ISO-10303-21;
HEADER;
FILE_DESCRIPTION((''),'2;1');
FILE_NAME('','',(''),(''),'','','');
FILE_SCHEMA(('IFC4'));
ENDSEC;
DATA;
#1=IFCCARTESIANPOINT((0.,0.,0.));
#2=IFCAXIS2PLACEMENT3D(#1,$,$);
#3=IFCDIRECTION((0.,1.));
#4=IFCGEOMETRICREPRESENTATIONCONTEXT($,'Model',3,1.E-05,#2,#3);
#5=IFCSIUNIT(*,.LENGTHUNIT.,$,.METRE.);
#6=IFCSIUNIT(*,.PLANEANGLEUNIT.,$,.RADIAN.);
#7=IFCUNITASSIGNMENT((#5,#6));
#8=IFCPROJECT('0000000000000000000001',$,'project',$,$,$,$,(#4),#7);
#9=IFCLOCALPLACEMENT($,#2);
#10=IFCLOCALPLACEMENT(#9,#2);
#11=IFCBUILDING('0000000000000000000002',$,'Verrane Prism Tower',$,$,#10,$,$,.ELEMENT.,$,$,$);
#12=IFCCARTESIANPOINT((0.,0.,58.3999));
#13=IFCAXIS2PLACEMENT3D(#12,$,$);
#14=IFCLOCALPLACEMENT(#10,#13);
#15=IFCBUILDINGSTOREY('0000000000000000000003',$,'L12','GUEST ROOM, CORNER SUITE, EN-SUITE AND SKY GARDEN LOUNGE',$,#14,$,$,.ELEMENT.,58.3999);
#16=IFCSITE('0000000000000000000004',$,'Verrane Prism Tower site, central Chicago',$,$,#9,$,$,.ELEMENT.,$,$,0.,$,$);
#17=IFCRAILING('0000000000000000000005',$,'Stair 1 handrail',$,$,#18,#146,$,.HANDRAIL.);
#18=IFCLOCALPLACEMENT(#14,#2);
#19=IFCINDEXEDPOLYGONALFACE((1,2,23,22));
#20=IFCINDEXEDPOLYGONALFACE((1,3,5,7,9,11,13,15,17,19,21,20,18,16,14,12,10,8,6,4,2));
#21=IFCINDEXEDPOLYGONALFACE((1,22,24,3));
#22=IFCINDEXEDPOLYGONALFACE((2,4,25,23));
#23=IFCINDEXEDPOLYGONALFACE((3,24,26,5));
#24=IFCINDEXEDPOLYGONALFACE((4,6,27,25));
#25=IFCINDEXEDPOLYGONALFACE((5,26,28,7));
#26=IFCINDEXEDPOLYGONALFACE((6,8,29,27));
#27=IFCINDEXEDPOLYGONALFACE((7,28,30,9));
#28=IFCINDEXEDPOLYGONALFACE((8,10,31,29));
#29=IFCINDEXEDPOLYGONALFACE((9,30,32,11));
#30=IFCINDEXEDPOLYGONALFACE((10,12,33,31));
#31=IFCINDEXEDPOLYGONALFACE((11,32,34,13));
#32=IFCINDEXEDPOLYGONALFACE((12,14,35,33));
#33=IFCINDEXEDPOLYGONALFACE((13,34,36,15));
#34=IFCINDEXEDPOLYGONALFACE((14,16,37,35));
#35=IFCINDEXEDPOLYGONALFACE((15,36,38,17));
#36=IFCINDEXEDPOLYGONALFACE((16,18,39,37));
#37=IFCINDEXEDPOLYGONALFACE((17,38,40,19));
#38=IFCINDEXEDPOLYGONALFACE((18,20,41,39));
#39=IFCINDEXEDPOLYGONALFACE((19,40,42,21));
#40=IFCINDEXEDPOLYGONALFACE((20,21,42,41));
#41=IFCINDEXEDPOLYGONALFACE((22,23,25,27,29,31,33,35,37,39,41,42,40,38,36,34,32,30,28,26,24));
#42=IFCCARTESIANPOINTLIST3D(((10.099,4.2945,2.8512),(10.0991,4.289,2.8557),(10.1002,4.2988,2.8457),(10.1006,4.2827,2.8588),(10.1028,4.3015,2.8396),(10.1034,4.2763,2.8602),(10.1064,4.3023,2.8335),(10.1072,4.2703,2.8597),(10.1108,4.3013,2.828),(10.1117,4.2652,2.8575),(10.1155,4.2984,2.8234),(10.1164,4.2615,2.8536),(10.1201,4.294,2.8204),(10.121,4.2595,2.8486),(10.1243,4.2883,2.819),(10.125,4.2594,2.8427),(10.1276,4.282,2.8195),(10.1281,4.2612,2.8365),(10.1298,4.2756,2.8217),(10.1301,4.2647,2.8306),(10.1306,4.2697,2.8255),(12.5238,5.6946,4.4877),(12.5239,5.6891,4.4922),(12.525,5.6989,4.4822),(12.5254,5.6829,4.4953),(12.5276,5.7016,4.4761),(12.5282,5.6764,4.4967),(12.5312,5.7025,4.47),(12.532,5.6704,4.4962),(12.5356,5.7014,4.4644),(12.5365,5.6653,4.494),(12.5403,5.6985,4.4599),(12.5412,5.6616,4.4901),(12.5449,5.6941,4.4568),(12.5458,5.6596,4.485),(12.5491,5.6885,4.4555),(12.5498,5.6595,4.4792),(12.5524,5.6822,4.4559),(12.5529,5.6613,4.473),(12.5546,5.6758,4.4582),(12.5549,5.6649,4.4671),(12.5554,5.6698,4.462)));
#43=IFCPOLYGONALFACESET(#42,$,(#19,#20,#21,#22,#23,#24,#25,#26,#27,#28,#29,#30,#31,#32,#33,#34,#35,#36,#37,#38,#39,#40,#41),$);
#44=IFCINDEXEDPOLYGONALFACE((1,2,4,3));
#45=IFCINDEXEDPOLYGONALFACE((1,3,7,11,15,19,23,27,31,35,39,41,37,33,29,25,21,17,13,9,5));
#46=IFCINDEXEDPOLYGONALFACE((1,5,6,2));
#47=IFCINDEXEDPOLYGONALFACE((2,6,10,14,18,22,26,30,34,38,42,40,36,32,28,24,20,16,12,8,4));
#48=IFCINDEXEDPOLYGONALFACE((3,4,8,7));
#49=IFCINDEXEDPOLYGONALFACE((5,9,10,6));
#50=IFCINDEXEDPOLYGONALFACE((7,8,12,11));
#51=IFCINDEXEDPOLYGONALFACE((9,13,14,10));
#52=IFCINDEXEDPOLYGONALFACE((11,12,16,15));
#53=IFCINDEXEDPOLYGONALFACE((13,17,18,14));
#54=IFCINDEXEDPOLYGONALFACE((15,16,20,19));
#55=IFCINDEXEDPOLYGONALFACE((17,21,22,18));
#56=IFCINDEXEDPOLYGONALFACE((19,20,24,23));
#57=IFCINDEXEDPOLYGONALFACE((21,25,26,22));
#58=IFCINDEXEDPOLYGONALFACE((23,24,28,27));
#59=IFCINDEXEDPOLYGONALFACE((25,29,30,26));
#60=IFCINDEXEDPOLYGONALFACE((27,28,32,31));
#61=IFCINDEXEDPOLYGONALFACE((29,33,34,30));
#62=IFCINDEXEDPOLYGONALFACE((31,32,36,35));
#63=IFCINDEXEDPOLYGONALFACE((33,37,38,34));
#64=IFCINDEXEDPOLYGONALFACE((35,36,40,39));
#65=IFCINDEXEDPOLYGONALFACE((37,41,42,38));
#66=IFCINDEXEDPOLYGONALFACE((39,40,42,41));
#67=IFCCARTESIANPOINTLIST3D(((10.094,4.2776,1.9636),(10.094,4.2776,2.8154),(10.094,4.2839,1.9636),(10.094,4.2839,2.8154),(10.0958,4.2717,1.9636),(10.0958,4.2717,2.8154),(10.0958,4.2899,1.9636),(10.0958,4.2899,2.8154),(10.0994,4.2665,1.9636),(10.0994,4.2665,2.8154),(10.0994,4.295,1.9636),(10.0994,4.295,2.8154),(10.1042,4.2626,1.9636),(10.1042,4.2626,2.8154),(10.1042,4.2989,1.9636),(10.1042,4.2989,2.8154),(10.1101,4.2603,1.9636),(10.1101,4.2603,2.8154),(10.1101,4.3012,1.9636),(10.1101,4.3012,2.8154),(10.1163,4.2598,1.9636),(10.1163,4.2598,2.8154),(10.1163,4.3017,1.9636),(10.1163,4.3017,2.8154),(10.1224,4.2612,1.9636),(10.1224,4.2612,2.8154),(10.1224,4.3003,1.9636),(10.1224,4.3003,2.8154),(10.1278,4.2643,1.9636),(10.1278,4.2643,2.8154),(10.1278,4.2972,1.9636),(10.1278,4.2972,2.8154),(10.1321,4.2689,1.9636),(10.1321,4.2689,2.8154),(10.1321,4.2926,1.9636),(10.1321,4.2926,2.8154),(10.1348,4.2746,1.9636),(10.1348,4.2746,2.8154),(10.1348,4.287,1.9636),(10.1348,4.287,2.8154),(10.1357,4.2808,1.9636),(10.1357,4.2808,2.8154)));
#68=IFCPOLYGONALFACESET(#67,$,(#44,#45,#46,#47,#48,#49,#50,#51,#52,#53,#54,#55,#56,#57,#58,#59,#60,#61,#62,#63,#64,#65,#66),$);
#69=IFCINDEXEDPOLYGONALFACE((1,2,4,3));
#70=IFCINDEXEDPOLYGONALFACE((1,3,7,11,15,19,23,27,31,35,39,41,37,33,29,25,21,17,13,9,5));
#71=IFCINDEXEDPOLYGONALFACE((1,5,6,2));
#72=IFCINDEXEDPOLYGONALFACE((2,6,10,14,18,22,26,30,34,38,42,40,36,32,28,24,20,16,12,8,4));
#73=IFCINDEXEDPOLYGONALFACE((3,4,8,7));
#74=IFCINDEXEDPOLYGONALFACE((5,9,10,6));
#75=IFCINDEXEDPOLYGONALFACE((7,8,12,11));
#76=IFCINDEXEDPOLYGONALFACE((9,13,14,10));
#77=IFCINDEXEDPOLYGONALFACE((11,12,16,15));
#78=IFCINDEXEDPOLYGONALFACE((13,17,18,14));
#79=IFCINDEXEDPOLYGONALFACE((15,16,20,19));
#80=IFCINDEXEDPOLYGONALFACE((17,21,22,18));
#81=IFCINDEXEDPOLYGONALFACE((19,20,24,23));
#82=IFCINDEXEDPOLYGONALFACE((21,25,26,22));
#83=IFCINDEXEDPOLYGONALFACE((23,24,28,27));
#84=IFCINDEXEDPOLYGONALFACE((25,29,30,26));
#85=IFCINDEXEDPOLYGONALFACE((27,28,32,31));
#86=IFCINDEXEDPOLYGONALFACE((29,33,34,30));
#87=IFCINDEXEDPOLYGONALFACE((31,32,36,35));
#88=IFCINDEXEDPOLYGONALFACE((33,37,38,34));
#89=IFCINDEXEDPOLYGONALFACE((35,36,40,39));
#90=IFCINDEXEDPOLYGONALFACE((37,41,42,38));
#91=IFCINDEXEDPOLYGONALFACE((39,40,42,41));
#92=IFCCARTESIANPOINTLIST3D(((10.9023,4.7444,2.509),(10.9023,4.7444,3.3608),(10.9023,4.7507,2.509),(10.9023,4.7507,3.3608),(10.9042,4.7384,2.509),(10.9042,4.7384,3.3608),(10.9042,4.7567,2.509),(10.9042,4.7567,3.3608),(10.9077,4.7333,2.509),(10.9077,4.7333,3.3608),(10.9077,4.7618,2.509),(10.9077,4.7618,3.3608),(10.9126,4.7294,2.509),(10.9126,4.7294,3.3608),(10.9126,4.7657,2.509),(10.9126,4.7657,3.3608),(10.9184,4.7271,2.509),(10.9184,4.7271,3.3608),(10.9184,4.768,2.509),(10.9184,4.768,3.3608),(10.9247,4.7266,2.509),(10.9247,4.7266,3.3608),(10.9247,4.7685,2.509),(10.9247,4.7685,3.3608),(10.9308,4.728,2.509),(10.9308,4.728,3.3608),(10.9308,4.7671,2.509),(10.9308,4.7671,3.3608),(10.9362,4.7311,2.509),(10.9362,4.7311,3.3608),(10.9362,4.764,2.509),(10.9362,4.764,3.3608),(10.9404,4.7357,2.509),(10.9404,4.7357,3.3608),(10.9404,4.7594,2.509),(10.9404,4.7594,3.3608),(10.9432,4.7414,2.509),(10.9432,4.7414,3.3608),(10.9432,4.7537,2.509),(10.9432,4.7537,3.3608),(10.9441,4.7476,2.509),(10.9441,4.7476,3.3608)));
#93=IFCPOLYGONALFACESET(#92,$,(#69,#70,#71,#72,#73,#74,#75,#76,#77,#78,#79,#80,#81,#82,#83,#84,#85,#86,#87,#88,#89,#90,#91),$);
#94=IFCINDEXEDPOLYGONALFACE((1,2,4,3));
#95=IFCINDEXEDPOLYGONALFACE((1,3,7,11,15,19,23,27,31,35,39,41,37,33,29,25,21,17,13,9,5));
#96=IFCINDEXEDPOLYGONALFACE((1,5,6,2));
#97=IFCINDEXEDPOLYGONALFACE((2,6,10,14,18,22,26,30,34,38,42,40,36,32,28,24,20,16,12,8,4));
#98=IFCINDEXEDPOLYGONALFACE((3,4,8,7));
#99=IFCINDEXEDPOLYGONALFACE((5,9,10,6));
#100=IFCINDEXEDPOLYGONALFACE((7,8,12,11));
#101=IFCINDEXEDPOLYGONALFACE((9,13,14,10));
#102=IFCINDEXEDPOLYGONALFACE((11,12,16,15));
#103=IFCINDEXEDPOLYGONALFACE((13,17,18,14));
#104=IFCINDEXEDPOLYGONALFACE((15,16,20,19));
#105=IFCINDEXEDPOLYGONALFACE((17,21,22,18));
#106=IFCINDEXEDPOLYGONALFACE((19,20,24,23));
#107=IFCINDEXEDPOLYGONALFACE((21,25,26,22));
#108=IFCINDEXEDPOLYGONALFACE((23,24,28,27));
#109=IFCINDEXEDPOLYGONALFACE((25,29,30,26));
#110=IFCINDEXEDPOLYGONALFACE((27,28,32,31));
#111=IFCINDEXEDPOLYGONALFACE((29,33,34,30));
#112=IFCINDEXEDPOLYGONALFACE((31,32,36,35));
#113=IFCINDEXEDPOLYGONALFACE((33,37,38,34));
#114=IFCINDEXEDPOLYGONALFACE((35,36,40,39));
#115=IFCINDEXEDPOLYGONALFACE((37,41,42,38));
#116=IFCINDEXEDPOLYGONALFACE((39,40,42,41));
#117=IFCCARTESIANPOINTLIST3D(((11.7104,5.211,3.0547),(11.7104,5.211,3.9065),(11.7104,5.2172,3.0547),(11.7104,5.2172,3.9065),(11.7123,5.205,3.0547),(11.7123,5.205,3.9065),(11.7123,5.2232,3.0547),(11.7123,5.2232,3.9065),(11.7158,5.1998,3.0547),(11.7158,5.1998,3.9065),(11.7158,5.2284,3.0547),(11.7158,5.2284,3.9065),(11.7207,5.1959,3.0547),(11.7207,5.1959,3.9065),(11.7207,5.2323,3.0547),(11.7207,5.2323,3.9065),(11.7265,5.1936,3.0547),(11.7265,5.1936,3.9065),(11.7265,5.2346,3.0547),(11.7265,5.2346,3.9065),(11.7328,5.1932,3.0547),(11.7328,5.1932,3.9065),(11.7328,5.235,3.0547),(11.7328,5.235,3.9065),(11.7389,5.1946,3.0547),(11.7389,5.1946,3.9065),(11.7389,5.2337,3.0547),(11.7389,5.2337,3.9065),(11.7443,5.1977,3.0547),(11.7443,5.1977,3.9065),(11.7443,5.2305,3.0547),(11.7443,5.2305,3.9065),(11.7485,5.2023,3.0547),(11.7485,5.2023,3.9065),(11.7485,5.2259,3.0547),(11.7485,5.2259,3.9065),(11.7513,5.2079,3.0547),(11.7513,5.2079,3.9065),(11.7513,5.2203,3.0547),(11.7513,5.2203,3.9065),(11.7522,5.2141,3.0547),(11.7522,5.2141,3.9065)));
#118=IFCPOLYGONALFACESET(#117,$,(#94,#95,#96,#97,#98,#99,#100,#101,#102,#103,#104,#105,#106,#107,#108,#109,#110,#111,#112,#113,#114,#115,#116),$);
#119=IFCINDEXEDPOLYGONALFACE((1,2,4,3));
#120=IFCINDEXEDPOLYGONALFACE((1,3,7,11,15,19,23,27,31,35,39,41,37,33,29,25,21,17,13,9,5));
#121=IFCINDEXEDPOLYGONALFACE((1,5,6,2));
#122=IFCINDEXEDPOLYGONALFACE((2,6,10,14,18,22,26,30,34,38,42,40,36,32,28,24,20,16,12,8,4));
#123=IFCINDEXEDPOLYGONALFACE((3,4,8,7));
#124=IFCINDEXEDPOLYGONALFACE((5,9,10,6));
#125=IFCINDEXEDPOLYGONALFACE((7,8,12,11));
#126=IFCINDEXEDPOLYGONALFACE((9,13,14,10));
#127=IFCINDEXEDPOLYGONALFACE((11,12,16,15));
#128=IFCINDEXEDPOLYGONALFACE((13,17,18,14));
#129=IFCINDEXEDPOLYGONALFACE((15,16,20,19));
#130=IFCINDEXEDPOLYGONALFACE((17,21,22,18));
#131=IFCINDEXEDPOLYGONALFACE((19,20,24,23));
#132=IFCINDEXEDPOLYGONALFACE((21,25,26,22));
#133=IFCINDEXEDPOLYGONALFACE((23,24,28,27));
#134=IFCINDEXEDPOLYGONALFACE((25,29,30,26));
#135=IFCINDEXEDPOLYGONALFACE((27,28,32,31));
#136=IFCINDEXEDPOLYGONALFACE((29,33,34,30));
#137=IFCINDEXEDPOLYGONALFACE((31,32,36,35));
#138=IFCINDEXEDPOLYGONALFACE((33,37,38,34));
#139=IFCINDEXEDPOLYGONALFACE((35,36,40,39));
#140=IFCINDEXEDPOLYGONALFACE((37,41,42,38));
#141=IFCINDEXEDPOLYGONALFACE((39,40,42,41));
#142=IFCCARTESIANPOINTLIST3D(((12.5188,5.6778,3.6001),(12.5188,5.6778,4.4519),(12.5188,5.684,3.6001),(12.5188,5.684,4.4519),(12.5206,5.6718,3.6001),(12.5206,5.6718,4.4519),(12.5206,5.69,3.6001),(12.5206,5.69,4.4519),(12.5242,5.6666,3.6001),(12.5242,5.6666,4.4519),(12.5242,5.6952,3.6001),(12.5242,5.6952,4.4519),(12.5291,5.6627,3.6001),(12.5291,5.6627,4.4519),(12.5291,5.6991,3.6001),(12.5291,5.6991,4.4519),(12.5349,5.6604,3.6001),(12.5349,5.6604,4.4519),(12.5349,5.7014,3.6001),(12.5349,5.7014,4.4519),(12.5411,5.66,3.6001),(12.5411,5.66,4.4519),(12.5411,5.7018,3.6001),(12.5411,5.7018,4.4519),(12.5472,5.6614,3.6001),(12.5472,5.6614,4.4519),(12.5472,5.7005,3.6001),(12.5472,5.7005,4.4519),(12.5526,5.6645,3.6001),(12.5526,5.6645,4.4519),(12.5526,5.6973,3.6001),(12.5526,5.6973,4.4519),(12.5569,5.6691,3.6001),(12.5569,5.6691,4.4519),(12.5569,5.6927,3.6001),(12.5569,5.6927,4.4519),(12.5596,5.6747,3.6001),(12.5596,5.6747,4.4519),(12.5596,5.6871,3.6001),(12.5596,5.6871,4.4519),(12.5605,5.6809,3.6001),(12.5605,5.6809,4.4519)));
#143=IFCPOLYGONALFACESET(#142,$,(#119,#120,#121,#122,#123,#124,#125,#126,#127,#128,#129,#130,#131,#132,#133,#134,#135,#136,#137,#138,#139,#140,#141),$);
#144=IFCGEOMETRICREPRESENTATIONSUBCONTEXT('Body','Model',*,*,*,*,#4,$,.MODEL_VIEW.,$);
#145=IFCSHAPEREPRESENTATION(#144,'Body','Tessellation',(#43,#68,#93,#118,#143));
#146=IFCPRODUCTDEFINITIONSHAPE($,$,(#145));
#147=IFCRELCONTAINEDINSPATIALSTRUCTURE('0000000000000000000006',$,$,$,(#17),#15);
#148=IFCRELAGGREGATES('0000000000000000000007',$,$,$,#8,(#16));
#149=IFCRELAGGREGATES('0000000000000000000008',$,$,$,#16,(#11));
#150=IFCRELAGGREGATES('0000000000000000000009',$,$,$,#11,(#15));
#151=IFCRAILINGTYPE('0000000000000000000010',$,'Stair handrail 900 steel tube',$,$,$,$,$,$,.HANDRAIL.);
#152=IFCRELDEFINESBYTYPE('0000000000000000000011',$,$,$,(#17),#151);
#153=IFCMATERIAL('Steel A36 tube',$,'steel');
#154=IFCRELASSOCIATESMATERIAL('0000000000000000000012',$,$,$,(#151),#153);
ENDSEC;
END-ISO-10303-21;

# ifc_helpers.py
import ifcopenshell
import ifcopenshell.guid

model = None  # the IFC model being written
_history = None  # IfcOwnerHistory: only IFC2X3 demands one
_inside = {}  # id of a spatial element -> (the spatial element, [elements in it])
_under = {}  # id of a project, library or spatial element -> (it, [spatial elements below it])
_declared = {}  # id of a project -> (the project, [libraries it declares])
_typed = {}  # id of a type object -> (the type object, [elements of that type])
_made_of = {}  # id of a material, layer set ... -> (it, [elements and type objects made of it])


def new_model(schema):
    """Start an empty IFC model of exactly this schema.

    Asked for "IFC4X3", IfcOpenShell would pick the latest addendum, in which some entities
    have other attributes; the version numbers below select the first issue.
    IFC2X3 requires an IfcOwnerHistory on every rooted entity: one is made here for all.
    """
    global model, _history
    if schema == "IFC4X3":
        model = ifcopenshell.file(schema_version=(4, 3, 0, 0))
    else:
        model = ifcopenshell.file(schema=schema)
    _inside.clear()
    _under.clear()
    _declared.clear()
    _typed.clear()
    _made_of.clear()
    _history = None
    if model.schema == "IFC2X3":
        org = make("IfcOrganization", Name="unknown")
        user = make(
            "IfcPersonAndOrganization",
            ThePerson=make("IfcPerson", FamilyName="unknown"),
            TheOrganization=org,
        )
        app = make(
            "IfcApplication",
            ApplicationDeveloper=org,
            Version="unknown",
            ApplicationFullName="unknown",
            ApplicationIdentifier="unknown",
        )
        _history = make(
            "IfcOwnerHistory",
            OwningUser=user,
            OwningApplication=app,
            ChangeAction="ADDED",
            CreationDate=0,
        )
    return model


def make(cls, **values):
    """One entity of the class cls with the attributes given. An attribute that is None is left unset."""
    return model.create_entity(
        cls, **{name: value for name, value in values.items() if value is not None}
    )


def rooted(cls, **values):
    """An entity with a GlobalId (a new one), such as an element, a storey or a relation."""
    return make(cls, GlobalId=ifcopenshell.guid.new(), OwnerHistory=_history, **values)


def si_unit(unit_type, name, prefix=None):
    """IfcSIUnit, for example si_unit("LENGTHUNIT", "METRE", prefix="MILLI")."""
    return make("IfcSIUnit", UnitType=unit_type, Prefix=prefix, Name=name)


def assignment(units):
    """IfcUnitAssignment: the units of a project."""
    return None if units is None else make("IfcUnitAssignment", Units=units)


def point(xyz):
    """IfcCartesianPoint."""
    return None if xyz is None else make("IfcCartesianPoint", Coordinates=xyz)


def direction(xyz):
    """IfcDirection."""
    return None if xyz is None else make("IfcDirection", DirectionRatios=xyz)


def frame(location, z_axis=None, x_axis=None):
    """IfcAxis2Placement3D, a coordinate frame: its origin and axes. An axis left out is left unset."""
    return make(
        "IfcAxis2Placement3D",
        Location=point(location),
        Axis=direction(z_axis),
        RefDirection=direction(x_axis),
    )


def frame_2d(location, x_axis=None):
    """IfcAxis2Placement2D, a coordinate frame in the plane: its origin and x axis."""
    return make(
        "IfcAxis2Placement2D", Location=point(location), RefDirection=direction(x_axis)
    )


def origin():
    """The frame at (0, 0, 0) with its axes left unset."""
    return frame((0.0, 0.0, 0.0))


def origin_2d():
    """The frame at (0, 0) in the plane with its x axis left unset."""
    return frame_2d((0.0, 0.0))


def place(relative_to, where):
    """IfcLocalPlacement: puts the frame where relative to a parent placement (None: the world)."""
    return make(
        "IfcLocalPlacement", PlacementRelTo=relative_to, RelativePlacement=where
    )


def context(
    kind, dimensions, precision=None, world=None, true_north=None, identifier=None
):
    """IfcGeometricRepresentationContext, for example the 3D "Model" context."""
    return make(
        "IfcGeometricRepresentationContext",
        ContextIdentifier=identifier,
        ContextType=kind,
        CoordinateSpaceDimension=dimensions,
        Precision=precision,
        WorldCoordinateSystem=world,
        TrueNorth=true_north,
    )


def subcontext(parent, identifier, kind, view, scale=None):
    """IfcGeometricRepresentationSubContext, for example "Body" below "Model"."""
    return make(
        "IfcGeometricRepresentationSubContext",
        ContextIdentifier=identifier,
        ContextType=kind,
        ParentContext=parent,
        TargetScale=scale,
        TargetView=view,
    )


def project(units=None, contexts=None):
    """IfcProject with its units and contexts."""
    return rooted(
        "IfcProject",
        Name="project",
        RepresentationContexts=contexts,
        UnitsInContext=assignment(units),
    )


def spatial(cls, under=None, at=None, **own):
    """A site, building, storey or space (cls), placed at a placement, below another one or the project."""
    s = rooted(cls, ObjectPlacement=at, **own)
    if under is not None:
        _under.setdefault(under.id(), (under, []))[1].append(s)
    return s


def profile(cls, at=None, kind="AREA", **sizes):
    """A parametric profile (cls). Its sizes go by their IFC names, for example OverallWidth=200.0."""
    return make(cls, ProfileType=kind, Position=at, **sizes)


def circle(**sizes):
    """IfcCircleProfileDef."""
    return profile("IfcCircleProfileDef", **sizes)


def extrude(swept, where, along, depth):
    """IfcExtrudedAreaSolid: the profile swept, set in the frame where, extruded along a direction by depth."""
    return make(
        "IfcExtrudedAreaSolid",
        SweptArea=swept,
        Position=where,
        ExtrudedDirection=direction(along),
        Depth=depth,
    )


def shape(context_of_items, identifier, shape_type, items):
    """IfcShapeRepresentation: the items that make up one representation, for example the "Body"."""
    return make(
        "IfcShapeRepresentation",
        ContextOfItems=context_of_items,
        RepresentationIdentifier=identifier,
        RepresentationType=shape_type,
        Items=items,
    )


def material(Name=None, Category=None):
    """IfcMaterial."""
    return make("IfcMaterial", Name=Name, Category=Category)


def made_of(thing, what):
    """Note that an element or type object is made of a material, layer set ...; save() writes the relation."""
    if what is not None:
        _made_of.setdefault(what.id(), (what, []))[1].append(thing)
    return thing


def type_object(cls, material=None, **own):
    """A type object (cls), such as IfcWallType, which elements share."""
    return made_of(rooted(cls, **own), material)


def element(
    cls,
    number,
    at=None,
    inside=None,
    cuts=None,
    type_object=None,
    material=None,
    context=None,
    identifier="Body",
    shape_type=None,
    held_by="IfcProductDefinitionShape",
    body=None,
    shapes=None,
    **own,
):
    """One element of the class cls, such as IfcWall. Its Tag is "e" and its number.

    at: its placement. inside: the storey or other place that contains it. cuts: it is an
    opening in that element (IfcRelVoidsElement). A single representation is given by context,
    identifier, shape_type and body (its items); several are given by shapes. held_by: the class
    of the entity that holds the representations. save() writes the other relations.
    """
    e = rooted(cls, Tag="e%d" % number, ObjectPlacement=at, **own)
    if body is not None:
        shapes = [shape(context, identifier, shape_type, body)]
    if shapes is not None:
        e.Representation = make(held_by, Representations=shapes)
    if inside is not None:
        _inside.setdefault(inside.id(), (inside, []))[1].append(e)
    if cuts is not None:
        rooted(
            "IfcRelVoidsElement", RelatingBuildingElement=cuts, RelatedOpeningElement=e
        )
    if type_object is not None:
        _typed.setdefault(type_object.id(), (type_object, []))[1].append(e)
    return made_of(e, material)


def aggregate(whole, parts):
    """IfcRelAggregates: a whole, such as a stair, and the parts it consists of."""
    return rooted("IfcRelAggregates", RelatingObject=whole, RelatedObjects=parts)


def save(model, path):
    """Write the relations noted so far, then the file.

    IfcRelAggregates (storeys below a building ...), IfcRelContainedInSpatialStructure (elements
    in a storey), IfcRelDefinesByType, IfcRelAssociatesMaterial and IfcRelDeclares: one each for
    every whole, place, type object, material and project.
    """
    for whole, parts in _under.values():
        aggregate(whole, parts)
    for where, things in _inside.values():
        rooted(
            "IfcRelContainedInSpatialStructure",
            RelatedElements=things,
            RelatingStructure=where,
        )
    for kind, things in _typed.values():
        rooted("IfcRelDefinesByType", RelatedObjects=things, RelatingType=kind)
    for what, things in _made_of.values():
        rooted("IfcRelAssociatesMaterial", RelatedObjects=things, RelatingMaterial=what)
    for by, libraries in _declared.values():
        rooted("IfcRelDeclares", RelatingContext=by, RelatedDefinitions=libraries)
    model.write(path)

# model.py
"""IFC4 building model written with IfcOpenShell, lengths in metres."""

from ifc_helpers import new_model, si_unit, direction, frame, origin, origin_2d, place, context, subcontext, project, spatial, circle, extrude, material, type_object, element, save


model = new_model("IFC4")

# Units and contexts
model_context = context("Model", 3, precision=1e-05, world=origin(), true_north=direction((0.0, 1.0)))
body_context = subcontext(model_context, "Body", "Model", "MODEL_VIEW")
ifc_project = project(units=[si_unit("LENGTHUNIT", "METRE"), si_unit("PLANEANGLEUNIT", "RADIAN")], contexts=[model_context])

# Site, building, storey
site_placement = place(None, origin())
site = spatial("IfcSite", under=ifc_project, at=site_placement, Name="Verrane Prism Tower site, central Chicago", CompositionType="ELEMENT", RefElevation=0.0)
building_placement = place(site_placement, origin())
building = spatial("IfcBuilding", under=site, at=building_placement, Name="Verrane Prism Tower", CompositionType="ELEMENT")
storey_placement = place(building_placement, frame((0.0, 0.0, 58.3999)))
storey = spatial("IfcBuildingStorey", under=building, at=storey_placement, Name="L12", Description="GUEST ROOM, CORNER SUITE, EN-SUITE AND SKY GARDEN LOUNGE", CompositionType="ELEMENT", Elevation=58.3999)

# Railing
ifc_material_1 = material(Name="Steel A36 tube", Category="steel")
railing_type_1 = type_object("IfcRailingType", Name="Stair handrail 900 steel tube", PredefinedType="HANDRAIL", material=ifc_material_1)
railing_1_placement = place(storey_placement, frame((10.1147, 4.2808, 1.9636)))
element("IfcRailing", 1, at=railing_1_placement, inside=storey, type_object=railing_type_1, Name="Stair 1 handrail", PredefinedType="HANDRAIL", context=body_context, shape_type="SweptSolid", body=[
    extrude(circle(Radius=0.0239, at=origin_2d()), frame((0.0, 0.0, 0.876), z_axis=(0.747666, 0.431722, 0.504591), x_axis=(-0.50005, 0.865997, 0.0)), (0.0, 0.0, 1.0), 3.2432),
    extrude(circle(Radius=0.021, at=origin_2d()), origin(), (0.0, 0.0, 1.0), 0.8518),
    extrude(circle(Radius=0.021, at=origin_2d()), frame((0.8083, 0.4668, 0.5454)), (0.0, 0.0, 1.0), 0.8518),
    extrude(circle(Radius=0.021, at=origin_2d()), frame((1.6165, 0.9333, 1.0911)), (0.0, 0.0, 1.0), 0.8518),
    extrude(circle(Radius=0.021, at=origin_2d()), frame((2.4248, 1.4001, 1.6365)), (0.0, 0.0, 1.0), 0.8518),
])

save(model, "model.ifc")
